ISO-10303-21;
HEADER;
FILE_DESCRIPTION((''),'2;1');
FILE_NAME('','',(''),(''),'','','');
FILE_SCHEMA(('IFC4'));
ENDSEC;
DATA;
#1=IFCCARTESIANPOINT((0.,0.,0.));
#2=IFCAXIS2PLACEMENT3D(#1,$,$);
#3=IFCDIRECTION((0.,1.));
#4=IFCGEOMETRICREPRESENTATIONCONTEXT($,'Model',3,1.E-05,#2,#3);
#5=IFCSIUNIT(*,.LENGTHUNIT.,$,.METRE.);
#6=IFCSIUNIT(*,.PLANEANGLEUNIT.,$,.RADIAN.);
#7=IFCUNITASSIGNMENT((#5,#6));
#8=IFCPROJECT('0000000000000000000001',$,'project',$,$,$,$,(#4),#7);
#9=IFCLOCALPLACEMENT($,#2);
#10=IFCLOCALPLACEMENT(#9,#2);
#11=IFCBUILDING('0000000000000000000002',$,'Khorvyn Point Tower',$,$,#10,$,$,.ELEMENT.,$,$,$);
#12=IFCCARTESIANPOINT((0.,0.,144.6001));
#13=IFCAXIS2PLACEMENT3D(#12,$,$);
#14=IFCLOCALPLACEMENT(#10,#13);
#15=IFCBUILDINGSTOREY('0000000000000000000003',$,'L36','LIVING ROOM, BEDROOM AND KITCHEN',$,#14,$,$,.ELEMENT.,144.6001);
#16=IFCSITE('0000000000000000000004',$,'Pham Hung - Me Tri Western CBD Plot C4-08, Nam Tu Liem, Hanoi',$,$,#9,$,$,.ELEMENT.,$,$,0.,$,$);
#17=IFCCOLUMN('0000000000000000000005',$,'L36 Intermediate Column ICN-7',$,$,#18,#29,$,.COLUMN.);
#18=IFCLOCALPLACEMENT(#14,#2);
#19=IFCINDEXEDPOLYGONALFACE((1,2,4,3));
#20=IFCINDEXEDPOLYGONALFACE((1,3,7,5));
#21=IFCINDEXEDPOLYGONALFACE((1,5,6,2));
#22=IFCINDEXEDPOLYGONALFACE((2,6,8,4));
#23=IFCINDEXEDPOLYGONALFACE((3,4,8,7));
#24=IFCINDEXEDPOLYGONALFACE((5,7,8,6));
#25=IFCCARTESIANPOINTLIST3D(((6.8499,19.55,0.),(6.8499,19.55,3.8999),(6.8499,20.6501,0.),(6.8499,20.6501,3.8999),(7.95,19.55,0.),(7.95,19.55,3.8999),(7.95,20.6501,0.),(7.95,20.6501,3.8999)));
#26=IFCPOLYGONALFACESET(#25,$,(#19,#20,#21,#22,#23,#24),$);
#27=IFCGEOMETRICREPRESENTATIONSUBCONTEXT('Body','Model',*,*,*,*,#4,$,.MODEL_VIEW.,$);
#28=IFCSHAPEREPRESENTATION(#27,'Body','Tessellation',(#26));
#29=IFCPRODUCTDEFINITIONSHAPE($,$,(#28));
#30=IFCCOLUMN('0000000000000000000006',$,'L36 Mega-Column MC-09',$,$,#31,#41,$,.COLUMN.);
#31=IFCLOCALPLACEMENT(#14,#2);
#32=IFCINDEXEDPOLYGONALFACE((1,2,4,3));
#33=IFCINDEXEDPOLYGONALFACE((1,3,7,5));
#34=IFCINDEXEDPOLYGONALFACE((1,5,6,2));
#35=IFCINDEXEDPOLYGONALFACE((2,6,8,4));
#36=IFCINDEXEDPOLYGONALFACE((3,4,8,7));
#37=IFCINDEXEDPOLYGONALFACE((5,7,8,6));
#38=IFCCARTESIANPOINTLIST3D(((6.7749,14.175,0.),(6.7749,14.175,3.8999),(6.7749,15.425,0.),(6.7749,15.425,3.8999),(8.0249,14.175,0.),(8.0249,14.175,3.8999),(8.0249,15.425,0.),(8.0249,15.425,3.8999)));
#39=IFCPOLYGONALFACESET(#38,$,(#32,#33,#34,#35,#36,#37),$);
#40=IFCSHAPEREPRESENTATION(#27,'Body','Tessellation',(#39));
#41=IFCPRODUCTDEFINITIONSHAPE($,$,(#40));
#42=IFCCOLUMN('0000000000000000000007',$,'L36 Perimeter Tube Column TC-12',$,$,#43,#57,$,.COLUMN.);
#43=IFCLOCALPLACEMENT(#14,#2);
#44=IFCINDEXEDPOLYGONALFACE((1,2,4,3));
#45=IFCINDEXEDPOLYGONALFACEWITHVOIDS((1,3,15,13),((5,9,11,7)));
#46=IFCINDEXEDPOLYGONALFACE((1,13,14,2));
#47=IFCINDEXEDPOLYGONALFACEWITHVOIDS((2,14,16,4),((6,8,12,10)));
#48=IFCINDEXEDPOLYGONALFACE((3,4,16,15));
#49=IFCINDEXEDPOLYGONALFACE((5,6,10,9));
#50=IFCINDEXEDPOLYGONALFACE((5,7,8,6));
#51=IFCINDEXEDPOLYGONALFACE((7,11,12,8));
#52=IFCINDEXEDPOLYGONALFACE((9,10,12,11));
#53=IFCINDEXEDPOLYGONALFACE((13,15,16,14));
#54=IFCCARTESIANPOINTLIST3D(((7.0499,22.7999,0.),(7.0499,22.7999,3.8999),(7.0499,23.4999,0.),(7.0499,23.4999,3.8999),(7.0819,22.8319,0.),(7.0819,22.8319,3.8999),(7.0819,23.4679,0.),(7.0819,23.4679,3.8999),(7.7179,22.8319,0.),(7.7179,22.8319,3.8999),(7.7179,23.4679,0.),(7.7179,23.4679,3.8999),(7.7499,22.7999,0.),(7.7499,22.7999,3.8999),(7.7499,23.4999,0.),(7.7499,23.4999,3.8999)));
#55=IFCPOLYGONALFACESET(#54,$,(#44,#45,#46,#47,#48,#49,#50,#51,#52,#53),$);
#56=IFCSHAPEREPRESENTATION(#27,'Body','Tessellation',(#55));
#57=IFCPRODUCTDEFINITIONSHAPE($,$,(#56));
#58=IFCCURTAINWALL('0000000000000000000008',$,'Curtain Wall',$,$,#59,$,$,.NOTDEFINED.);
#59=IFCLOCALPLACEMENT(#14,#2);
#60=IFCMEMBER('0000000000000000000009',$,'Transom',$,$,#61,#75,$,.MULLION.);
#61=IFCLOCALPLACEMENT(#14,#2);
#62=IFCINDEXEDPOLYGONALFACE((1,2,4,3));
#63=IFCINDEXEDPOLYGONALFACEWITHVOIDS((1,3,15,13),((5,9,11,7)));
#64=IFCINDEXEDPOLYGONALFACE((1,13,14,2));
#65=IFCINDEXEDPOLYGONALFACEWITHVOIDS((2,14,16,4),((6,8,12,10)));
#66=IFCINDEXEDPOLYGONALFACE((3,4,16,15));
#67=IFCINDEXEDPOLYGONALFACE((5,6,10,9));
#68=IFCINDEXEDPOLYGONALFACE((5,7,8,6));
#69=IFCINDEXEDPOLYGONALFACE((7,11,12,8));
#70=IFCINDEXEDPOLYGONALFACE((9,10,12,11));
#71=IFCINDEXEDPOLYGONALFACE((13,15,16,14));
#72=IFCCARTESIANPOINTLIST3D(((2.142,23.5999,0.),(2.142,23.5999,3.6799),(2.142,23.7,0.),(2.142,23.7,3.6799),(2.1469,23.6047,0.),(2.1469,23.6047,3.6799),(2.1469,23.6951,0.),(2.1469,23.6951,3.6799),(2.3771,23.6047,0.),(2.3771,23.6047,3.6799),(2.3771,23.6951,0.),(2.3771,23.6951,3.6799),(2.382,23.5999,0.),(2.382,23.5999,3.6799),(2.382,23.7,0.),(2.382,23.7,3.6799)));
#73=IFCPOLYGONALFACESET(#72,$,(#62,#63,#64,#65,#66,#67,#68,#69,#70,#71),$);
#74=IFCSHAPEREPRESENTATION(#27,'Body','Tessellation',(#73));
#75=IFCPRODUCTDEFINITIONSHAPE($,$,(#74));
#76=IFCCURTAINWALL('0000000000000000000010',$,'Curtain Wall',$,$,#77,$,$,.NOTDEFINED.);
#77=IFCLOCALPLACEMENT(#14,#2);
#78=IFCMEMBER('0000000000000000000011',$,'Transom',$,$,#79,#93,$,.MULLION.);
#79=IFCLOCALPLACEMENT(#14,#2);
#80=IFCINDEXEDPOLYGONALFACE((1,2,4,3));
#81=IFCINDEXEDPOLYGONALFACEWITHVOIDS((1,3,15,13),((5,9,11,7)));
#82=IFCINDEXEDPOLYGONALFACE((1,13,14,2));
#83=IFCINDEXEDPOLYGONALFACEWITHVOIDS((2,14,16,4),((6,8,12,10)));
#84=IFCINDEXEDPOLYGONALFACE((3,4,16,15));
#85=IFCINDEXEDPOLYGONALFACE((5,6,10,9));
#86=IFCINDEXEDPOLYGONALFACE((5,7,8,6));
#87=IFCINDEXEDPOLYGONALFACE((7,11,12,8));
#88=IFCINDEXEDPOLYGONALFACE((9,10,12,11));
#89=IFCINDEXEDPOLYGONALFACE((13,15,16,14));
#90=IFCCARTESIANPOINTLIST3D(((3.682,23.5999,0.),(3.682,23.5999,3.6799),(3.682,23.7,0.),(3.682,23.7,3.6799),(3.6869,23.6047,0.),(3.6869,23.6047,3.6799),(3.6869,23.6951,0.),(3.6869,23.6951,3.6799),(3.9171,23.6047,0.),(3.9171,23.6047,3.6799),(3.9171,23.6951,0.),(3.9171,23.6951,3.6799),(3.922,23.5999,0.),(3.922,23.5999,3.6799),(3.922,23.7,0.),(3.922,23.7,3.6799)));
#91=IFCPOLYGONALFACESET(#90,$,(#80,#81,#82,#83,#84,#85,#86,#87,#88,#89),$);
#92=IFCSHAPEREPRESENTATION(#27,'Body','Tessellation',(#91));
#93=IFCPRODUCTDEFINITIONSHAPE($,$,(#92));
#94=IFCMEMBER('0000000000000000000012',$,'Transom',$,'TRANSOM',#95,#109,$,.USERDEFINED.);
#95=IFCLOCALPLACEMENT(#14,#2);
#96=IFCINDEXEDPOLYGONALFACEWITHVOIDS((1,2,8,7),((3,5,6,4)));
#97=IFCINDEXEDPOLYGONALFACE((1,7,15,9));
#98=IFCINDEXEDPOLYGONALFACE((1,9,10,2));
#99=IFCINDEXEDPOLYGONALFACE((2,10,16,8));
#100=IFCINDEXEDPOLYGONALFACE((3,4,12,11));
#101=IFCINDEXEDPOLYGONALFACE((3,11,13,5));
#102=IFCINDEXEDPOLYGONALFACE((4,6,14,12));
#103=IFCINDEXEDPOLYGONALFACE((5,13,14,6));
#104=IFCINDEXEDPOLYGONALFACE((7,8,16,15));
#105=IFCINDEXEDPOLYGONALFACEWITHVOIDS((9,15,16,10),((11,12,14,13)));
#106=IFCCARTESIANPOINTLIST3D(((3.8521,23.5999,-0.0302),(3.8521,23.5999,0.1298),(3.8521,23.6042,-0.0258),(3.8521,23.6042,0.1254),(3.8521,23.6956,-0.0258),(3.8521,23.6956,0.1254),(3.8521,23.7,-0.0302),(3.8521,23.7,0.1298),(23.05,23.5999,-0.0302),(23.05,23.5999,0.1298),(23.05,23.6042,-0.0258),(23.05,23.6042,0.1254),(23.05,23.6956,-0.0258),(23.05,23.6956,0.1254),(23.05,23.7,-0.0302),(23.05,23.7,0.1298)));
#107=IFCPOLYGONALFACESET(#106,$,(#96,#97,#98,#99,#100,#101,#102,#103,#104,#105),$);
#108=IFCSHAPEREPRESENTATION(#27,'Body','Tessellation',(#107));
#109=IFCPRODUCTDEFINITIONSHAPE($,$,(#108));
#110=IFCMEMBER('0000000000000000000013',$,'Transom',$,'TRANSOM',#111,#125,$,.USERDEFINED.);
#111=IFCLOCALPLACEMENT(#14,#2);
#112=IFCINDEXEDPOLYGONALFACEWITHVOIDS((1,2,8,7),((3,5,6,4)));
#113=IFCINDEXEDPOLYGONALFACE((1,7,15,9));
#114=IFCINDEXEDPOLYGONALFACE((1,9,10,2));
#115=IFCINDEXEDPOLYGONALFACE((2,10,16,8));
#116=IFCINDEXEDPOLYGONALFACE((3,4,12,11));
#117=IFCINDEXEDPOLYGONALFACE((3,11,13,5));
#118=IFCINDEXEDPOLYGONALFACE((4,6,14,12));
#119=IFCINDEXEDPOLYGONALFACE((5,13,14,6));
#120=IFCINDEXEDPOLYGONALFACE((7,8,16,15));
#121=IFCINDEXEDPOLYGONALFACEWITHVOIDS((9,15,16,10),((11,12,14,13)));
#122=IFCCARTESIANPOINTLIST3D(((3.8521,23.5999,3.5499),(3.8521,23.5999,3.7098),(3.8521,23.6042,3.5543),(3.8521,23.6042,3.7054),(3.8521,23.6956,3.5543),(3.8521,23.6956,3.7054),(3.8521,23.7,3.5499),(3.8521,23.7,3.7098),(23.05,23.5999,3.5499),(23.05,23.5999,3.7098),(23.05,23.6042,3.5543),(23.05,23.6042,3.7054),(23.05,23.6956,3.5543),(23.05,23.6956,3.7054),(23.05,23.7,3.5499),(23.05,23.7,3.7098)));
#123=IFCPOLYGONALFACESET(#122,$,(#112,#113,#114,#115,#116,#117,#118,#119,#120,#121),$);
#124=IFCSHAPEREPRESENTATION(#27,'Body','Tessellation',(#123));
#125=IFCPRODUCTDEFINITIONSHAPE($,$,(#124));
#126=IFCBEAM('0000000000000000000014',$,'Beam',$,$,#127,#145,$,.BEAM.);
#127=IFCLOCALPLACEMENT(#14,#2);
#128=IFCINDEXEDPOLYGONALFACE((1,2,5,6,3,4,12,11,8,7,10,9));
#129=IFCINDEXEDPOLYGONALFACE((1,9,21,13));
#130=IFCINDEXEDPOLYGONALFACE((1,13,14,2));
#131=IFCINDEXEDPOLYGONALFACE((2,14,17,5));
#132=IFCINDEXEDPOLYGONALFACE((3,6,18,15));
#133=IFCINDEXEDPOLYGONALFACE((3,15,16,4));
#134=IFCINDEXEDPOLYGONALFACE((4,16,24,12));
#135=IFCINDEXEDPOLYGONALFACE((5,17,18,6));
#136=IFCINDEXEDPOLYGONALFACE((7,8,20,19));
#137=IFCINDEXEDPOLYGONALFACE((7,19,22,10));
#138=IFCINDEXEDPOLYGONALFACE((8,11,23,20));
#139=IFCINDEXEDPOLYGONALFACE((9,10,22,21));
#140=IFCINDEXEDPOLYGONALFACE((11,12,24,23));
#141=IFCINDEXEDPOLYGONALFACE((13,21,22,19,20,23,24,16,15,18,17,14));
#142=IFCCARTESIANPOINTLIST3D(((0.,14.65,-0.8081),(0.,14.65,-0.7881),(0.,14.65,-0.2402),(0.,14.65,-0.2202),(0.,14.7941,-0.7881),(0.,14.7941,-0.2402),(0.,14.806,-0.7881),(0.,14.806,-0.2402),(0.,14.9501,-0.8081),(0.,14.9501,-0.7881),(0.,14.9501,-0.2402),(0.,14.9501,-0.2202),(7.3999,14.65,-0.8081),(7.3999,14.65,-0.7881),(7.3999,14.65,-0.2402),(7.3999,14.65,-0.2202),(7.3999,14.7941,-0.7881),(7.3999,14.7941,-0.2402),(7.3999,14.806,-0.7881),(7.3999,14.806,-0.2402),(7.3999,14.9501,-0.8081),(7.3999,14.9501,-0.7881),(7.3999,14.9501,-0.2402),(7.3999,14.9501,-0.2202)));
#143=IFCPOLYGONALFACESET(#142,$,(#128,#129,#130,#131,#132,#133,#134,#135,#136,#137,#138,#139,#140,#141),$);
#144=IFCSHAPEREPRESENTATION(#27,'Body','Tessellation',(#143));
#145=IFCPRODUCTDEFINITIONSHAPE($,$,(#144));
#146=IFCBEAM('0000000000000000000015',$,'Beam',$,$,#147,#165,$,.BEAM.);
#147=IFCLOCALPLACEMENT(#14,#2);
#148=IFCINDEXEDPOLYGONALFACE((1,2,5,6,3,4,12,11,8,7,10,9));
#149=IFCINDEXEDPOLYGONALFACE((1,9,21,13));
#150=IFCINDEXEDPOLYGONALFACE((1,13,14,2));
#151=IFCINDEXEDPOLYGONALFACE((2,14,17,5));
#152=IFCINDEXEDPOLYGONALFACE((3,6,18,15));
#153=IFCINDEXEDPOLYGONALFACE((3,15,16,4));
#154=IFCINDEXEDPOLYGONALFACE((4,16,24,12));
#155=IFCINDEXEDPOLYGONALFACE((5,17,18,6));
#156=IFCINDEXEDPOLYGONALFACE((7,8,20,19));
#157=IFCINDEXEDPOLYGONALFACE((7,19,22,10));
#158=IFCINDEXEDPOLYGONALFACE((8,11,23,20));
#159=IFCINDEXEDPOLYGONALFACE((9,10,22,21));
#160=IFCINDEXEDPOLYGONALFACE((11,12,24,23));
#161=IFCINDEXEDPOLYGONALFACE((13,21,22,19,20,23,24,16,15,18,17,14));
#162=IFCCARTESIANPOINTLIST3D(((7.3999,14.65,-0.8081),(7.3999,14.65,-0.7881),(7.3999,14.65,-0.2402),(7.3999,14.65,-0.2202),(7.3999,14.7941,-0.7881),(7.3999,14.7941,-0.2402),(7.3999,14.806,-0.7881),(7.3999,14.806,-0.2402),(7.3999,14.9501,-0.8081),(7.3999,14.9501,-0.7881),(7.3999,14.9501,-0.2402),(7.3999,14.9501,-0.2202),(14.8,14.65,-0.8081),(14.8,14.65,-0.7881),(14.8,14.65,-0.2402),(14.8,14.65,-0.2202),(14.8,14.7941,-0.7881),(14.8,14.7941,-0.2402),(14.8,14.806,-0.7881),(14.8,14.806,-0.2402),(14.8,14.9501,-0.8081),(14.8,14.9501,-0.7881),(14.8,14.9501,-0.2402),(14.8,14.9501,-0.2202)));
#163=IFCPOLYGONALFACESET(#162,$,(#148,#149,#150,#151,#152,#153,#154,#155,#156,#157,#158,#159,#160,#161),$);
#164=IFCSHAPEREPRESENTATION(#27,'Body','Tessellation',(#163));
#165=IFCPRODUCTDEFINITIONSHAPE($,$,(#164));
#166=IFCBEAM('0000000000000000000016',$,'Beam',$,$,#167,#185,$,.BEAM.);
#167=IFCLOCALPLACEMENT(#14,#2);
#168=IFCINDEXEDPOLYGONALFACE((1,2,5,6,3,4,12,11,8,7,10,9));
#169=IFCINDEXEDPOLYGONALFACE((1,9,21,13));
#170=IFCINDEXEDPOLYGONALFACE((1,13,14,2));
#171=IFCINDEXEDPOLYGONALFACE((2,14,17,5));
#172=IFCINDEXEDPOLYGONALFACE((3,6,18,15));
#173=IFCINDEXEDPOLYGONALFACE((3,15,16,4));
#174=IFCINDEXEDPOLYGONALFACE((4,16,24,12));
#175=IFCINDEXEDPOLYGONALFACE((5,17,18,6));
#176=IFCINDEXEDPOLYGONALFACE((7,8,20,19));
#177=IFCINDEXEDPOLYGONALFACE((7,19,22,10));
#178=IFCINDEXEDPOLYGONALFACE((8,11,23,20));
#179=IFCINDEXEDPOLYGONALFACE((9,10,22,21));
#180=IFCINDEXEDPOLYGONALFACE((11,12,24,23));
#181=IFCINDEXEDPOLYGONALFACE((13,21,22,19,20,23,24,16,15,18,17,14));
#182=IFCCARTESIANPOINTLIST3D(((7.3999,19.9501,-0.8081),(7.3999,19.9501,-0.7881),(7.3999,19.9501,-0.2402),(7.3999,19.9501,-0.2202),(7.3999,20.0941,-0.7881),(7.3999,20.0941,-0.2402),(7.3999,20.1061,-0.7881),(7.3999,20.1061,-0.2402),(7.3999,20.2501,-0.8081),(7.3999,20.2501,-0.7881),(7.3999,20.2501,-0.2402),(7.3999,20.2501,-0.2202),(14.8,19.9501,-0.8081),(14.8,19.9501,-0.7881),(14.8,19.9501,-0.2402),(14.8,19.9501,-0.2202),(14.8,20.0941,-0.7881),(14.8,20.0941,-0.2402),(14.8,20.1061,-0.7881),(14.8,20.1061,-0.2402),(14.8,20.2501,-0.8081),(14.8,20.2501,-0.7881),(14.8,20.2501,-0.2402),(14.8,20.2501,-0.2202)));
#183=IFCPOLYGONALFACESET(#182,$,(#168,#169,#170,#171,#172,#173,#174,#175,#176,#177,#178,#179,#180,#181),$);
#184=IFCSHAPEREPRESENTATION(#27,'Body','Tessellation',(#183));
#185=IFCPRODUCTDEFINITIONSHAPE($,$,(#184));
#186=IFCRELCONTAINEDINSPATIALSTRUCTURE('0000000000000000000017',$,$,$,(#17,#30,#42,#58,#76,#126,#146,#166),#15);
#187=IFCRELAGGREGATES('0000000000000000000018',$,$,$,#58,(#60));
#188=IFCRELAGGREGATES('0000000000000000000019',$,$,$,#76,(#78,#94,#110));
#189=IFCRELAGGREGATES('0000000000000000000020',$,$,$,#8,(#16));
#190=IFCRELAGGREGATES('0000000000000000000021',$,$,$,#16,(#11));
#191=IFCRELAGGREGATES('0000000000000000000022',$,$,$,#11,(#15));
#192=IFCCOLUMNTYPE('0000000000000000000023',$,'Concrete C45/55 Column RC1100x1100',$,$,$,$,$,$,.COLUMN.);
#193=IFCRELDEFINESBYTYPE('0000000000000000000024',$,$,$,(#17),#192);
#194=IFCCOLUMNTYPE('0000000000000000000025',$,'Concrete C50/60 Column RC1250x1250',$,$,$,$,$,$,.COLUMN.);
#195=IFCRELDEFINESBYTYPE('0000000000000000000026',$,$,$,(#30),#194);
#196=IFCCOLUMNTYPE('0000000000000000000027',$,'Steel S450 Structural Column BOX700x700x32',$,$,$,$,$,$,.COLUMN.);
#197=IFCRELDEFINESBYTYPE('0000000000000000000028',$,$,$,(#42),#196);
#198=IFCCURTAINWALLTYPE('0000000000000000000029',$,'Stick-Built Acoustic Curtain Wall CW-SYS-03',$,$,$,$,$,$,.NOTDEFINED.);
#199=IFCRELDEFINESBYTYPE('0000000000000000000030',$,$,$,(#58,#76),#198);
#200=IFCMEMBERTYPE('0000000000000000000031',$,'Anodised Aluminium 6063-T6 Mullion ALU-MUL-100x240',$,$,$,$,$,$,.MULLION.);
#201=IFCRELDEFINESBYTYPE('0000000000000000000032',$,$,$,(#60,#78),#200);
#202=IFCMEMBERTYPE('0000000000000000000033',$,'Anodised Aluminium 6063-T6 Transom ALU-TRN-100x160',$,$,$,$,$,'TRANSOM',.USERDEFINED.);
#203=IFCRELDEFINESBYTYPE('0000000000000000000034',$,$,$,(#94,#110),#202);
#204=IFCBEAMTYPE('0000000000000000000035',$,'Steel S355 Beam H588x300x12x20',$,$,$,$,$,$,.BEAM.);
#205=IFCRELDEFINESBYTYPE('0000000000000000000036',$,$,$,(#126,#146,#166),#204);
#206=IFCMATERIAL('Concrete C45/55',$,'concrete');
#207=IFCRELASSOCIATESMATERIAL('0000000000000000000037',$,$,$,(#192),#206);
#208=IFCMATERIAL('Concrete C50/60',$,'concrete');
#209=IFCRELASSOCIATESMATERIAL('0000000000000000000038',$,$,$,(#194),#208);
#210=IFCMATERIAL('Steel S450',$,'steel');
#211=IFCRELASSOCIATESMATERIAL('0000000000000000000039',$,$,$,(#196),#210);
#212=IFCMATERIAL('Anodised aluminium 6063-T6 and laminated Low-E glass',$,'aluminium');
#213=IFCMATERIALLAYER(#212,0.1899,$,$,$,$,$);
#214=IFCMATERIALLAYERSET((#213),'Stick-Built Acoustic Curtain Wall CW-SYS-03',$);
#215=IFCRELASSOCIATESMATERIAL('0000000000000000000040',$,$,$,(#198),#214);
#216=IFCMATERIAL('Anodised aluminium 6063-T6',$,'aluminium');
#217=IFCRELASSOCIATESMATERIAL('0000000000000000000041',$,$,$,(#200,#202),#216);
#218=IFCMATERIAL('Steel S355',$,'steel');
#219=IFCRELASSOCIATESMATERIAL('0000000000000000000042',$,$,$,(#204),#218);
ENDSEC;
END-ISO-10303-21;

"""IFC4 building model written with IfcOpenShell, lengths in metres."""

from ifc_helpers import new_model, si_unit, direction, frame, origin, origin_2d, place, context, subcontext, project, spatial, rectangle, hollow_rectangle, i_section, extrude, material, layer, layer_set, material_profile, profile_set, type_object, element, aggregate, save


model = new_model("IFC4")

# Units and contexts
model_context = context("Model", 3, precision=1e-05, world=origin(), true_north=direction((0.0, 1.0)))
body_context = subcontext(model_context, "Body", "Model", "MODEL_VIEW")
ifc_project = project(units=[si_unit("LENGTHUNIT", "METRE"), si_unit("PLANEANGLEUNIT", "RADIAN")], contexts=[model_context])

# Site, building, storey
site_placement = place(None, origin())
site = spatial("IfcSite", under=ifc_project, at=site_placement, Name="Pham Hung - Me Tri Western CBD Plot C4-08, Nam Tu Liem, Hanoi", CompositionType="ELEMENT", RefElevation=0.0)
building_placement = place(site_placement, origin())
building = spatial("IfcBuilding", under=site, at=building_placement, Name="Khorvyn Point Tower", CompositionType="ELEMENT")
storey_placement = place(building_placement, frame((0.0, 0.0, 144.6001)))
storey = spatial("IfcBuildingStorey", under=building, at=storey_placement, Name="L36", Description="LIVING ROOM, BEDROOM AND KITCHEN", CompositionType="ELEMENT", Elevation=144.6001)

# Columns
ifc_material_1 = material(Name="Concrete C45/55", Category="concrete")
ifc_material_profile_1 = material_profile(ifc_material_1, rectangle(XDim=1.1001, YDim=1.1001, at=origin_2d()))
ifc_profile_set_1 = profile_set([ifc_material_profile_1], Name="Concrete C45/55 RC1100x1100")
column_type_1 = type_object("IfcColumnType", Name="Concrete C45/55 Column RC1100x1100", PredefinedType="COLUMN", material=ifc_profile_set_1)
column_1_placement = place(storey_placement, frame((7.3999, 20.1001, 0.0), z_axis=(0.0, 0.0, 1.0), x_axis=(1.0, 0.0, 0.0)))
element("IfcColumn", 1, at=column_1_placement, inside=storey, type_object=column_type_1, Name="L36 Intermediate Column ICN-7", PredefinedType="COLUMN", context=body_context, shape_type="SweptSolid", body=[
    extrude(rectangle(XDim=1.1001, YDim=1.1001, at=origin_2d()), origin(), (0.0, 0.0, 1.0), 3.8999),
])
ifc_material_2 = material(Name="Concrete C50/60", Category="concrete")
ifc_material_profile_2 = material_profile(ifc_material_2, rectangle(XDim=1.25, YDim=1.25, at=origin_2d()))
ifc_profile_set_2 = profile_set([ifc_material_profile_2], Name="Concrete C50/60 RC1250x1250")
column_type_2 = type_object("IfcColumnType", Name="Concrete C50/60 Column RC1250x1250", PredefinedType="COLUMN", material=ifc_profile_set_2)
column_2_placement = place(storey_placement, frame((7.3999, 14.8, 0.0), z_axis=(0.0, 0.0, 1.0), x_axis=(1.0, 0.0, 0.0)))
element("IfcColumn", 2, at=column_2_placement, inside=storey, type_object=column_type_2, Name="L36 Mega-Column MC-09", PredefinedType="COLUMN", context=body_context, shape_type="SweptSolid", body=[
    extrude(rectangle(XDim=1.25, YDim=1.25, at=origin_2d()), origin(), (0.0, 0.0, 1.0), 3.8999),
])
ifc_material_3 = material(Name="Steel S450", Category="steel")
ifc_material_profile_3 = material_profile(ifc_material_3, hollow_rectangle(XDim=0.7, YDim=0.7, WallThickness=0.032, at=origin_2d()))
ifc_profile_set_3 = profile_set([ifc_material_profile_3], Name="Steel S450 BOX700x700x32")
column_type_3 = type_object("IfcColumnType", Name="Steel S450 Structural Column BOX700x700x32", PredefinedType="COLUMN", material=ifc_profile_set_3)
column_3_placement = place(storey_placement, frame((7.3999, 23.1499, 0.0), z_axis=(0.0, 0.0, 1.0), x_axis=(1.0, 0.0, 0.0)))
element("IfcColumn", 3, at=column_3_placement, inside=storey, type_object=column_type_3, Name="L36 Perimeter Tube Column TC-12", PredefinedType="COLUMN", context=body_context, shape_type="SweptSolid", body=[
    extrude(hollow_rectangle(XDim=0.7, YDim=0.7, WallThickness=0.032, at=origin_2d()), origin(), (0.0, 0.0, 1.0), 3.8999),
])

# Curtain wall, member
ifc_material_4 = material(Name="Anodised aluminium 6063-T6 and laminated Low-E glass", Category="aluminium")
ifc_layer_1 = layer(ifc_material_4, 0.1899)
ifc_layer_set_1 = layer_set([ifc_layer_1], Name="Stick-Built Acoustic Curtain Wall CW-SYS-03")
curtain_wall_type = type_object("IfcCurtainWallType", Name="Stick-Built Acoustic Curtain Wall CW-SYS-03", PredefinedType="NOTDEFINED", material=ifc_layer_set_1)
curtain_wall_1_placement = place(storey_placement, origin())
curtain_wall_1 = element("IfcCurtainWall", 4, at=curtain_wall_1_placement, inside=storey, type_object=curtain_wall_type, Name="Curtain Wall", PredefinedType="NOTDEFINED")
ifc_material_5 = material(Name="Anodised aluminium 6063-T6", Category="aluminium")
ifc_material_profile_4 = material_profile(ifc_material_5, hollow_rectangle(XDim=0.1001, YDim=0.24, WallThickness=0.0049, at=origin_2d()))
ifc_profile_set_4 = profile_set([ifc_material_profile_4], Name="Anodised aluminium 6063-T6 ALU-MUL-100x240")
member_type_1 = type_object("IfcMemberType", Name="Anodised Aluminium 6063-T6 Mullion ALU-MUL-100x240", PredefinedType="MULLION", material=ifc_profile_set_4)
member_1_placement = place(storey_placement, frame((2.262, 23.6499, 0.0), z_axis=(0.0, 0.0, 1.0), x_axis=(0.0, 1.0, 0.0)))
member_1 = element("IfcMember", 5, at=member_1_placement, type_object=member_type_1, Name="Transom", PredefinedType="MULLION", context=body_context, shape_type="SweptSolid", body=[
    extrude(hollow_rectangle(XDim=0.1001, YDim=0.24, WallThickness=0.0049, at=origin_2d()), origin(), (0.0, 0.0, 1.0), 3.6799),
])

# Curtain wall, members
curtain_wall_2_placement = place(storey_placement, origin())
curtain_wall_2 = element("IfcCurtainWall", 6, at=curtain_wall_2_placement, inside=storey, type_object=curtain_wall_type, Name="Curtain Wall", PredefinedType="NOTDEFINED")
member_2_placement = place(storey_placement, frame((3.802, 23.6499, 0.0), z_axis=(0.0, 0.0, 1.0), x_axis=(0.0, 1.0, 0.0)))
member_2 = element("IfcMember", 7, at=member_2_placement, type_object=member_type_1, Name="Transom", PredefinedType="MULLION", context=body_context, shape_type="SweptSolid", body=[
    extrude(hollow_rectangle(XDim=0.1001, YDim=0.24, WallThickness=0.0049, at=origin_2d()), origin(), (0.0, 0.0, 1.0), 3.6799),
])
ifc_material_profile_5 = material_profile(ifc_material_5, hollow_rectangle(XDim=0.1001, YDim=0.1599, WallThickness=0.0044, at=origin_2d()))
ifc_profile_set_5 = profile_set([ifc_material_profile_5], Name="Anodised aluminium 6063-T6 ALU-TRN-100x160")
member_type_2 = type_object("IfcMemberType", Name="Anodised Aluminium 6063-T6 Transom ALU-TRN-100x160", ElementType="TRANSOM", PredefinedType="USERDEFINED", material=ifc_profile_set_5)
member_3_placement = place(storey_placement, frame((3.8521, 23.6499, 0.0498), z_axis=(1.0, 0.0, 0.0), x_axis=(0.0, 1.0, 0.0)))
member_3 = element("IfcMember", 8, at=member_3_placement, type_object=member_type_2, Name="Transom", ObjectType="TRANSOM", PredefinedType="USERDEFINED", context=body_context, shape_type="SweptSolid", body=[
    extrude(hollow_rectangle(XDim=0.1001, YDim=0.1599, WallThickness=0.0044, at=origin_2d()), origin(), (0.0, 0.0, 1.0), 19.198),
])
member_4_placement = place(storey_placement, frame((3.8521, 23.6499, 3.6299), z_axis=(1.0, 0.0, 0.0), x_axis=(0.0, 1.0, 0.0)))
member_4 = element("IfcMember", 9, at=member_4_placement, type_object=member_type_2, Name="Transom", ObjectType="TRANSOM", PredefinedType="USERDEFINED", context=body_context, shape_type="SweptSolid", body=[
    extrude(hollow_rectangle(XDim=0.1001, YDim=0.1599, WallThickness=0.0044, at=origin_2d()), origin(), (0.0, 0.0, 1.0), 19.198),
])

# Beams
ifc_material_6 = material(Name="Steel S355", Category="steel")
ifc_material_profile_6 = material_profile(ifc_material_6, i_section(OverallWidth=0.3, OverallDepth=0.5879, WebThickness=0.012, FlangeThickness=0.02, at=origin_2d()))
ifc_profile_set_6 = profile_set([ifc_material_profile_6], Name="Steel S355 H588x300x12x20")
beam_type_1 = type_object("IfcBeamType", Name="Steel S355 Beam H588x300x12x20", PredefinedType="BEAM", material=ifc_profile_set_6)
beam_1_placement = place(storey_placement, frame((0.0, 14.8, -0.5142), z_axis=(1.0, 0.0, 0.0), x_axis=(0.0, 1.0, 0.0)))
element("IfcBeam", 10, at=beam_1_placement, inside=storey, type_object=beam_type_1, Name="Beam", PredefinedType="BEAM", context=body_context, shape_type="SweptSolid", body=[
    extrude(i_section(OverallWidth=0.3, OverallDepth=0.5879, WebThickness=0.012, FlangeThickness=0.02, at=origin_2d()), origin(), (0.0, 0.0, 1.0), 7.3999),
])
for number, where, z_axis, x_axis, name in (
    (11, (7.3999, 14.8, -0.5142), (1.0, 0.0, 0.0), (0.0, 1.0, 0.0), "Beam"),
    (12, (7.3999, 20.1001, -0.5142), (1.0, 0.0, 0.0), (0.0, 1.0, 0.0), "Beam"),
):
    element("IfcBeam", number, at=place(storey_placement, frame(where, z_axis=z_axis, x_axis=x_axis)), inside=storey, type_object=beam_type_1, Name=name, PredefinedType="BEAM", context=body_context, shape_type="SweptSolid", body=[
        extrude(i_section(OverallWidth=0.3, OverallDepth=0.5879, WebThickness=0.012, FlangeThickness=0.02, at=origin_2d()), origin(), (0.0, 0.0, 1.0), 7.4001),
    ])

aggregate(curtain_wall_1, [member_1])
aggregate(curtain_wall_2, [member_2, member_3, member_4])

save(model, "model.ifc")
